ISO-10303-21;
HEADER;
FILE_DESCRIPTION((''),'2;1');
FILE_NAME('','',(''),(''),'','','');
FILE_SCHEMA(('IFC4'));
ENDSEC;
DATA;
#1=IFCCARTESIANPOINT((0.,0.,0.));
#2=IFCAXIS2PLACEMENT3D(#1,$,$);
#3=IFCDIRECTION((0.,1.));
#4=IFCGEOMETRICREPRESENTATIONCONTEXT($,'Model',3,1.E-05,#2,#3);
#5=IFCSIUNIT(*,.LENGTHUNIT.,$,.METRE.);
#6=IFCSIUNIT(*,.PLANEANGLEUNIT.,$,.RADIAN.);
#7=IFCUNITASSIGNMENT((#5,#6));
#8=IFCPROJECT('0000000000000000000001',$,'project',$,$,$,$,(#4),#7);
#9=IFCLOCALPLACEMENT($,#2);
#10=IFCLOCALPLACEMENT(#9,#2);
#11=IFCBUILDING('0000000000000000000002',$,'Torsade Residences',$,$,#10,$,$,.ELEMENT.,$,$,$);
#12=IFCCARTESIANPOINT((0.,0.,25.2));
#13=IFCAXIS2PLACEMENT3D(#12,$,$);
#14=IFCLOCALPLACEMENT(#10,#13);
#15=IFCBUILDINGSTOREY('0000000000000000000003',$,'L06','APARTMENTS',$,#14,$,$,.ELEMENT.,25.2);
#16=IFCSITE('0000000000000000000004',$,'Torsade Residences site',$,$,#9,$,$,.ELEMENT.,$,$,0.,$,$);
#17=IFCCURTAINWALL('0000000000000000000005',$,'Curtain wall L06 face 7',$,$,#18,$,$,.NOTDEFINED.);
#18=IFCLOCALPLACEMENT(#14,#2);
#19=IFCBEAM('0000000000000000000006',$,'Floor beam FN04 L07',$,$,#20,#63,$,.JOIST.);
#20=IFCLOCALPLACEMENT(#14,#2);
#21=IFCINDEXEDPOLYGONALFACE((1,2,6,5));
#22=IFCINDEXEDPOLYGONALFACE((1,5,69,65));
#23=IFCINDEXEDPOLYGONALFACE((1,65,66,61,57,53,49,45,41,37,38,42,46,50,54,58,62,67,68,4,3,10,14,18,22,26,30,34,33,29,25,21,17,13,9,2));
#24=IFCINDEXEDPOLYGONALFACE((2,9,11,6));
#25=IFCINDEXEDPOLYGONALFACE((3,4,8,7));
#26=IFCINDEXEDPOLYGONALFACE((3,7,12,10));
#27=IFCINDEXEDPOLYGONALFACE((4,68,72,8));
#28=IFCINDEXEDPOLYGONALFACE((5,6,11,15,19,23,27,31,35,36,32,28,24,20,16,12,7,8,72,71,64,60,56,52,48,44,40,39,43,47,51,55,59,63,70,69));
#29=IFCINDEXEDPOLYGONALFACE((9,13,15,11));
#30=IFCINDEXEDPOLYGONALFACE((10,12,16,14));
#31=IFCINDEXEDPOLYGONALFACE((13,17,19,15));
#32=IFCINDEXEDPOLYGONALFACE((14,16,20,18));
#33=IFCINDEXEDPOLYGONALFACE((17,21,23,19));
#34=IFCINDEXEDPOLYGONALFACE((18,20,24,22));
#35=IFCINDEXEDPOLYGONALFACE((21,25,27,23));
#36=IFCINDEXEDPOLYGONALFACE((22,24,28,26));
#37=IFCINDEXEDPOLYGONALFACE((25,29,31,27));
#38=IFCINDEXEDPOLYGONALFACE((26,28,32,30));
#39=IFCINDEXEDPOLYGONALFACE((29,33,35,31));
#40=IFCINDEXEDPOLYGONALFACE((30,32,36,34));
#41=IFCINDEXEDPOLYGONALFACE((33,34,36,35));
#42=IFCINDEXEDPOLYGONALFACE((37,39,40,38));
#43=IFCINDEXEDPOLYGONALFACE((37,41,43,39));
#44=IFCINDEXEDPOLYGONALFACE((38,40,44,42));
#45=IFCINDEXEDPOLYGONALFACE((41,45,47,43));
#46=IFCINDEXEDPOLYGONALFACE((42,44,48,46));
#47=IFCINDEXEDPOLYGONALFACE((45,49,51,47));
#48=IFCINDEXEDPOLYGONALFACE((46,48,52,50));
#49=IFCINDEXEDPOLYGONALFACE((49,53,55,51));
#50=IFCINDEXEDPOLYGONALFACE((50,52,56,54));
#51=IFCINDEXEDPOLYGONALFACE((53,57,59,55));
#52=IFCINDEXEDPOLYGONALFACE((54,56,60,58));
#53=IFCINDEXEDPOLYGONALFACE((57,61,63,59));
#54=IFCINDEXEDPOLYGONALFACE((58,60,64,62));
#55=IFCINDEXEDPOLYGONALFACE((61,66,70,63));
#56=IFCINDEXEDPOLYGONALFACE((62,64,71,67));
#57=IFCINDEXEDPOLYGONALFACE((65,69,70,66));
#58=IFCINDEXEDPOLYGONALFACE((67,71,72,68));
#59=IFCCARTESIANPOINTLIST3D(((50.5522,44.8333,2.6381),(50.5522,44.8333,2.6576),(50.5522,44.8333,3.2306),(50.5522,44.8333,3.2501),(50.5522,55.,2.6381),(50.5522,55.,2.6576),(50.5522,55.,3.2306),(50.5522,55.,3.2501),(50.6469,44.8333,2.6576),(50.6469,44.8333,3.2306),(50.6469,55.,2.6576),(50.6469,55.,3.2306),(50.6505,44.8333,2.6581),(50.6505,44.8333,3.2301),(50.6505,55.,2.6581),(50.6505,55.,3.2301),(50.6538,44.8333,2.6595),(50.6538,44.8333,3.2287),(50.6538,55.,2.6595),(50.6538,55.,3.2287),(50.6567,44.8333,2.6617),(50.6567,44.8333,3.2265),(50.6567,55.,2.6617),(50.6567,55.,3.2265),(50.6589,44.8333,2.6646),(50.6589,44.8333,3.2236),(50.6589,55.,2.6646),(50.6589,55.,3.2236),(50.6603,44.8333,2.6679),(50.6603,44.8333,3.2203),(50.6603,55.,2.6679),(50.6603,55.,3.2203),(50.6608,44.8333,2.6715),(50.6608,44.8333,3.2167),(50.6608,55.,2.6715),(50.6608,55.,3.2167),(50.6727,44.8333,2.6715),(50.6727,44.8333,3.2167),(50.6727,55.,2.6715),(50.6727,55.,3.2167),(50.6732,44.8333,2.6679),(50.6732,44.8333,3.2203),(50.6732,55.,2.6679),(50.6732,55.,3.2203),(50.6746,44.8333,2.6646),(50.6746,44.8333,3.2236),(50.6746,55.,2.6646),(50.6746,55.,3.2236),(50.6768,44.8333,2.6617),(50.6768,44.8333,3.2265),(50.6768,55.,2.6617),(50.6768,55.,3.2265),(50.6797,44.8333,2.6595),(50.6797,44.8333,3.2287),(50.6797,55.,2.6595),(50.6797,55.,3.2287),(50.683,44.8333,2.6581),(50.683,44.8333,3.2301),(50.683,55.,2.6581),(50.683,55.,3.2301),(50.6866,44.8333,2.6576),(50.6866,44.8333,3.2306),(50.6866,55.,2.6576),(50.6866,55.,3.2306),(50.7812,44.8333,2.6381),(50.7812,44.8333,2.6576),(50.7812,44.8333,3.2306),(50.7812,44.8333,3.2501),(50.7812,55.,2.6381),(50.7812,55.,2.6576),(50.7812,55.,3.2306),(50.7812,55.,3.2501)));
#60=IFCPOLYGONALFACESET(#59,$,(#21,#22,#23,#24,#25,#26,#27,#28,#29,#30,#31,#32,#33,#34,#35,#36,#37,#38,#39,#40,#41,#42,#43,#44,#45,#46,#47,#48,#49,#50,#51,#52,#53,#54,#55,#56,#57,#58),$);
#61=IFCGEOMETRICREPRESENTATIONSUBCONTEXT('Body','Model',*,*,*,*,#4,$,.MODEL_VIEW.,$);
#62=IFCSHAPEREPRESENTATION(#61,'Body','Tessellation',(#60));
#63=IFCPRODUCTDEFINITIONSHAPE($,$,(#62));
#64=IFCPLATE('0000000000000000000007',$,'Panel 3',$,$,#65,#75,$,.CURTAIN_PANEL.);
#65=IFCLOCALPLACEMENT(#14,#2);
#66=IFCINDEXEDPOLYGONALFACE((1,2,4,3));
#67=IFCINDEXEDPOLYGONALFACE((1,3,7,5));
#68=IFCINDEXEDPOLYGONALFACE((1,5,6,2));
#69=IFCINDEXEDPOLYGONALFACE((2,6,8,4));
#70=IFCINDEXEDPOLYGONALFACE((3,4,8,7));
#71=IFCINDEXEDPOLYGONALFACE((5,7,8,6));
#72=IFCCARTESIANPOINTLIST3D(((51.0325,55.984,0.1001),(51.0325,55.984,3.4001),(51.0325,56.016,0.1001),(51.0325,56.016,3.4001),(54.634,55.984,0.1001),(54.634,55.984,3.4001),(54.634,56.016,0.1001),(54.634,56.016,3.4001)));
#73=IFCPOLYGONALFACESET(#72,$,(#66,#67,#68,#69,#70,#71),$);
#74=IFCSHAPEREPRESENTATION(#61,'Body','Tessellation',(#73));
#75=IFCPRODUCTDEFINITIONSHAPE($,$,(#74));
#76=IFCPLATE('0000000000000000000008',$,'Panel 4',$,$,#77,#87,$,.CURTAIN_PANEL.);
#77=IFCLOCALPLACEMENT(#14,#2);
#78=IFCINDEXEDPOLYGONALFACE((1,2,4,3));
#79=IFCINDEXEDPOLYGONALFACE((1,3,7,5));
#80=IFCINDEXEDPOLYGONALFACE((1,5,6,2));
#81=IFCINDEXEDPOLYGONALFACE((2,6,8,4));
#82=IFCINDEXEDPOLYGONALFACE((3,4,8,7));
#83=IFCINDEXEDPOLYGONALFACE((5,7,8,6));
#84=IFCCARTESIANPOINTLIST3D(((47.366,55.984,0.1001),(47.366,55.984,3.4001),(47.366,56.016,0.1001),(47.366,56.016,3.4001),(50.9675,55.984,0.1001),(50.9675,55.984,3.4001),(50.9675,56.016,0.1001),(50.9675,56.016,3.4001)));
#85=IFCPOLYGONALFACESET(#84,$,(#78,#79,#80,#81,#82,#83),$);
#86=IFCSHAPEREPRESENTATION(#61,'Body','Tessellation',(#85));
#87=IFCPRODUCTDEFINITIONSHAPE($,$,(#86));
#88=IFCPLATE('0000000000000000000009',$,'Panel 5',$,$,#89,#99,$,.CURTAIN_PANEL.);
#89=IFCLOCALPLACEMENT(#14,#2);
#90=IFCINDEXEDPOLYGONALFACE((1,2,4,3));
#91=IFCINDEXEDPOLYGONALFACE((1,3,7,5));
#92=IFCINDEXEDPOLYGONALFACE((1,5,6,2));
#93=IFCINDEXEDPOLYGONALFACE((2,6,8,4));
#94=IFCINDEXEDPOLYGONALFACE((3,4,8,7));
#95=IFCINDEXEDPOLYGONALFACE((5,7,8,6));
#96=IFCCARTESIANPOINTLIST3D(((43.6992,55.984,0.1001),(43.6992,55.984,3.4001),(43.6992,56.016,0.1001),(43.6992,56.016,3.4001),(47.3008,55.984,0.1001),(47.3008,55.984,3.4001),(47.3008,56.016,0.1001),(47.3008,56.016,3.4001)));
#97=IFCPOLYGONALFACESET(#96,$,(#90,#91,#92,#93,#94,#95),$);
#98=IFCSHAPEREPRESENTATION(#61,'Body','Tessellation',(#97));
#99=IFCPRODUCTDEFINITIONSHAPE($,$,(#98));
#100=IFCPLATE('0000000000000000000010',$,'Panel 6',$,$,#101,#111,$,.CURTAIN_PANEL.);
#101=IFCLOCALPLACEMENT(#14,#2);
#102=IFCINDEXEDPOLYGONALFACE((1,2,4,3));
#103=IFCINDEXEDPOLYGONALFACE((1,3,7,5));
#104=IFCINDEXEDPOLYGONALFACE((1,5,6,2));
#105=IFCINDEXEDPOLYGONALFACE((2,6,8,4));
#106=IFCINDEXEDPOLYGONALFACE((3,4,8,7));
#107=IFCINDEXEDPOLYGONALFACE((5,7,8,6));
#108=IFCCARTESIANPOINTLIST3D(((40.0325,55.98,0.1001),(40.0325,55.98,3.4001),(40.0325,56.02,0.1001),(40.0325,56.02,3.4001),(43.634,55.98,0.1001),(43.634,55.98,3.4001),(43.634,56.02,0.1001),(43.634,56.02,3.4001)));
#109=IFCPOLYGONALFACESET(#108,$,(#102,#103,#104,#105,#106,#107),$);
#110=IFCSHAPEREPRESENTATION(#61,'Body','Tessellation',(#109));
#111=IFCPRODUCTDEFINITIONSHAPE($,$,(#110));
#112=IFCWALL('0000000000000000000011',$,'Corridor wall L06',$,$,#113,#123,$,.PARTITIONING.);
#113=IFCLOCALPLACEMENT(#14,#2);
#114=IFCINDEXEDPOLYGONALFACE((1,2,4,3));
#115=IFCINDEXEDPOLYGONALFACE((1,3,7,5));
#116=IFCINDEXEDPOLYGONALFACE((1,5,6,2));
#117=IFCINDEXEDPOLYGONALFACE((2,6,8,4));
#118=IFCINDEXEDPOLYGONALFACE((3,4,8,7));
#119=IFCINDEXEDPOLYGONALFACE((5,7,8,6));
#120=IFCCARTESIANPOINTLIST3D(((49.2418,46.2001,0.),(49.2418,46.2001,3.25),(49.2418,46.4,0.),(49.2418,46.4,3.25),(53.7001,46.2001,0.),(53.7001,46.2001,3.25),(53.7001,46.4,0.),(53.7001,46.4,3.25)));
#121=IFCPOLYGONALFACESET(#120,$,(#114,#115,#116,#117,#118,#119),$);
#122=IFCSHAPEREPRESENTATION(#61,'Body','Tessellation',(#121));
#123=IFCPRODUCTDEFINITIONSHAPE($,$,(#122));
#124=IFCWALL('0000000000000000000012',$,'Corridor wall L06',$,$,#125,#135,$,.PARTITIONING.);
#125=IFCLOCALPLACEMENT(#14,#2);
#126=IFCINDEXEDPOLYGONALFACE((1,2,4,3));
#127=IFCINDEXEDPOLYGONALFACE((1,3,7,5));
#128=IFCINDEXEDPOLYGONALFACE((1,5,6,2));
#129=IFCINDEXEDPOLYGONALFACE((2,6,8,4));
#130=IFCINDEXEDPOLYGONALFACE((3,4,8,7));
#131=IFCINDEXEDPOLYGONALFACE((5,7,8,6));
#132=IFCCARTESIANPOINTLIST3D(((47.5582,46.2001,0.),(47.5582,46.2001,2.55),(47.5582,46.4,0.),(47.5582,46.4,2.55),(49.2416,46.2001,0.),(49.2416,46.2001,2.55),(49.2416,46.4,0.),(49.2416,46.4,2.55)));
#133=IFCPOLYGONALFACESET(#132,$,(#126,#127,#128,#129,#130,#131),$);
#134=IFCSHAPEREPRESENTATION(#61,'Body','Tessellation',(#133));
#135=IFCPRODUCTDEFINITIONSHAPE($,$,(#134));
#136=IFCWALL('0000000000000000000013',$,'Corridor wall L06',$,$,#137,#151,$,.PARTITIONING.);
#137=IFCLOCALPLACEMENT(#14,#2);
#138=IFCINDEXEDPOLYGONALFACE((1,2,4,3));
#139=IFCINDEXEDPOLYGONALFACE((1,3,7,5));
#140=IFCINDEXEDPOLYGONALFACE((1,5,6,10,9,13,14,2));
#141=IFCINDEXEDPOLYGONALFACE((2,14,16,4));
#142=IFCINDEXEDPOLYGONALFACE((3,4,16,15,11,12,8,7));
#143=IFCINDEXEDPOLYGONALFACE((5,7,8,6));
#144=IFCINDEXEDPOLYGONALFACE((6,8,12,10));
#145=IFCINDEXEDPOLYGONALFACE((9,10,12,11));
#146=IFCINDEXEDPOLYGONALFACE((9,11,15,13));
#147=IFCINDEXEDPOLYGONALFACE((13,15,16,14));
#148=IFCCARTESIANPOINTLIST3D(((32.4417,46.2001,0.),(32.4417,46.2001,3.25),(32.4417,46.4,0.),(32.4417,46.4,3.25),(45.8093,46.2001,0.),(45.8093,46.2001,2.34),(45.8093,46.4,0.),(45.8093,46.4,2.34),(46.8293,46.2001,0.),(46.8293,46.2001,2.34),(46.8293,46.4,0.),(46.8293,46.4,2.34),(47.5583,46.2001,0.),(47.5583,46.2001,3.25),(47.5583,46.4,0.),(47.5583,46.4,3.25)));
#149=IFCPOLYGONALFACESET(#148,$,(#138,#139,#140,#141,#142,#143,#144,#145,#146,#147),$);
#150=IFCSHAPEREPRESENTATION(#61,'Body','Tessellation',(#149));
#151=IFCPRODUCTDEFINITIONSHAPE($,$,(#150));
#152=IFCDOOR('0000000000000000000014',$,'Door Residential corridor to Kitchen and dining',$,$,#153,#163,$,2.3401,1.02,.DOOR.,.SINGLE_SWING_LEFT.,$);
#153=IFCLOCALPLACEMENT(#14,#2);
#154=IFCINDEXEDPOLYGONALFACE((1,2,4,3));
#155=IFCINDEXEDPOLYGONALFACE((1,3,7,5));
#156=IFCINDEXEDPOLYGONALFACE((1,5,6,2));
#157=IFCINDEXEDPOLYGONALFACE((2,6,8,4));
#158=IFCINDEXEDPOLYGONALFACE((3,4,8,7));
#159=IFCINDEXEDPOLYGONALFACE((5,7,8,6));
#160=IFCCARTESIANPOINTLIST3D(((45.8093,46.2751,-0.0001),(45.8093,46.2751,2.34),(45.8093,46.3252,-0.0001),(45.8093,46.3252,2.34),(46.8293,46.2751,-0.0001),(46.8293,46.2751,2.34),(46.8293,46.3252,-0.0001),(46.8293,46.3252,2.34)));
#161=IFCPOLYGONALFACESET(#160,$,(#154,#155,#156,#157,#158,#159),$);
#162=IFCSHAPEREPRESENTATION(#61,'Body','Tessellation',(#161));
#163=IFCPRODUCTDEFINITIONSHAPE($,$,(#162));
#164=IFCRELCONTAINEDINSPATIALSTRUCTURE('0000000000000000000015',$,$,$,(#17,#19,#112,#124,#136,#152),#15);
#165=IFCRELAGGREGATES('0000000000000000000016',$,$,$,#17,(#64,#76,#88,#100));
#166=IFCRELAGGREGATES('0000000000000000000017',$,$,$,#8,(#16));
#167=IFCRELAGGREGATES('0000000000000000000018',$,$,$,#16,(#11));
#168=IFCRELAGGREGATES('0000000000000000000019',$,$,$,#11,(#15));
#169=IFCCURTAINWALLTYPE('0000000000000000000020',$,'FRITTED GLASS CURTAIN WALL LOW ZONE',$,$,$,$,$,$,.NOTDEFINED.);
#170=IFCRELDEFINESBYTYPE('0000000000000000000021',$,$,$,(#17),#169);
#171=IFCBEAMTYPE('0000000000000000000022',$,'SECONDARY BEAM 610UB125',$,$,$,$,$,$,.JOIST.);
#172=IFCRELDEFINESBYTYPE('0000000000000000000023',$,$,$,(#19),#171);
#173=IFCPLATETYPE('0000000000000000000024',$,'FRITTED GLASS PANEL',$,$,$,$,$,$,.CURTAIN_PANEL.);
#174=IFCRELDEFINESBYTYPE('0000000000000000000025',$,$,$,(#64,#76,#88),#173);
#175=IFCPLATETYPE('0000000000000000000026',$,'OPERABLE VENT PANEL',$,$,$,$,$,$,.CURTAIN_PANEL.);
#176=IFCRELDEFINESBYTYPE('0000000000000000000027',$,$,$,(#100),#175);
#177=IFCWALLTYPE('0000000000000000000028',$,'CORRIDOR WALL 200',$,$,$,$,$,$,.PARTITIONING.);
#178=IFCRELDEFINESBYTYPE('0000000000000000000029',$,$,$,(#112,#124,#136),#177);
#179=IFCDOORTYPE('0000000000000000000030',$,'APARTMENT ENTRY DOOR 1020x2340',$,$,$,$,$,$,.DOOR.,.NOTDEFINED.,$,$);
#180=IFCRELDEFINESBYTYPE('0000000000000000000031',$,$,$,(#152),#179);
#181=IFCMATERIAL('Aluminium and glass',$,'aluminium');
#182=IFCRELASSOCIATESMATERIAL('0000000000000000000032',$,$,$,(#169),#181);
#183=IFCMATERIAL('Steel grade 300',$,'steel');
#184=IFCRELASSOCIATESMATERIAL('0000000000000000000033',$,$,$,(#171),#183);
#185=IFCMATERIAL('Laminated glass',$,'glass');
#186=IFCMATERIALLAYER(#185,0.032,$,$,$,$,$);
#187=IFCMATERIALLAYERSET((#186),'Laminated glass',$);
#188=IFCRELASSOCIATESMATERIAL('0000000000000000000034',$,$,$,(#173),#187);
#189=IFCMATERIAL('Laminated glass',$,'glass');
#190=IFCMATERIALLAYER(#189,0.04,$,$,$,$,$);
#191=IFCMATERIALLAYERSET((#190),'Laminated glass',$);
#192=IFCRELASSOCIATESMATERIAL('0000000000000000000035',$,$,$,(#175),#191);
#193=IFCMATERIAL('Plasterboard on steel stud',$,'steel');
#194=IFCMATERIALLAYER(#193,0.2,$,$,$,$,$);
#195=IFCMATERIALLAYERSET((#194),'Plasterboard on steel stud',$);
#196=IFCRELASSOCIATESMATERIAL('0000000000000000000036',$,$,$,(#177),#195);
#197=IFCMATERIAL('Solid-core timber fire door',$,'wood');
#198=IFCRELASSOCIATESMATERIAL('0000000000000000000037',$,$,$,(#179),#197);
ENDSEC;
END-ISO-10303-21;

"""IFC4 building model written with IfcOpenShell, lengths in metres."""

from ifc_helpers import new_model, si_unit, direction, frame, frame_2d, origin, origin_2d, place, context, subcontext, project, spatial, rectangle, i_section, extrude, material, layer, layer_set, material_profile, profile_set, type_object, element, fill, aggregate, save


model = new_model("IFC4")

# Units and contexts
model_context = context("Model", 3, precision=1e-05, world=origin(), true_north=direction((0.0, 1.0)))
body_context = subcontext(model_context, "Body", "Model", "MODEL_VIEW")
ifc_project = project(units=[si_unit("LENGTHUNIT", "METRE"), si_unit("PLANEANGLEUNIT", "RADIAN")], contexts=[model_context])

# Site, building, storey
site_placement = place(None, origin())
site = spatial("IfcSite", under=ifc_project, at=site_placement, Name="Torsade Residences site", CompositionType="ELEMENT", RefElevation=0.0)
building_placement = place(site_placement, origin())
building = spatial("IfcBuilding", under=site, at=building_placement, Name="Torsade Residences", CompositionType="ELEMENT")
storey_placement = place(building_placement, frame((0.0, 0.0, 25.2)))
storey = spatial("IfcBuildingStorey", under=building, at=storey_placement, Name="L06", Description="APARTMENTS", CompositionType="ELEMENT", Elevation=25.2)

# Curtain wall
ifc_material_1 = material(Name="Aluminium and glass", Category="aluminium")
curtain_wall_type = type_object("IfcCurtainWallType", Name="FRITTED GLASS CURTAIN WALL LOW ZONE", PredefinedType="NOTDEFINED", material=ifc_material_1)
curtain_wall_placement = place(storey_placement, origin())
curtain_wall = element("IfcCurtainWall", 1, at=curtain_wall_placement, inside=storey, type_object=curtain_wall_type, Name="Curtain wall L06 face 7", PredefinedType="NOTDEFINED")

# Beam
ifc_material_2 = material(Name="Steel grade 300", Category="steel")
ifc_material_profile_1 = material_profile(ifc_material_2, i_section(OverallWidth=0.229, OverallDepth=0.6121, WebThickness=0.012, FlangeThickness=0.0195, FilletRadius=0.0139, at=origin_2d()), Name="610UB125")
ifc_profile_set_1 = profile_set([ifc_material_profile_1], Name="Steel grade 300")
beam_type_1 = type_object("IfcBeamType", Name="SECONDARY BEAM 610UB125", PredefinedType="JOIST", material=ifc_profile_set_1)
beam_1_placement = place(storey_placement, frame((50.6667, 55.0, 2.9441), z_axis=(0.0, -1.0, 0.0), x_axis=(1.0, 0.0, 0.0)))
element("IfcBeam", 2, at=beam_1_placement, inside=storey, type_object=beam_type_1, Name="Floor beam FN04 L07", PredefinedType="JOIST", context=body_context, shape_type="SweptSolid", body=[
    extrude(i_section(OverallWidth=0.229, OverallDepth=0.6121, WebThickness=0.012, FlangeThickness=0.0195, FilletRadius=0.0139, at=origin_2d()), origin(), (0.0, 0.0, 1.0), 10.1667),
])

# Plates
ifc_material_3 = material(Name="Laminated glass", Category="glass")
ifc_layer_1 = layer(ifc_material_3, 0.032)
ifc_layer_set_1 = layer_set([ifc_layer_1], Name="Laminated glass")
plate_type_1 = type_object("IfcPlateType", Name="FRITTED GLASS PANEL", PredefinedType="CURTAIN_PANEL", material=ifc_layer_set_1)
plate_1_placement = place(storey_placement, frame((52.8333, 56.0, 0.1001), z_axis=(0.0, 0.0, 1.0), x_axis=(-1.0, 0.0, 0.0)))
plate_1 = element("IfcPlate", 3, at=plate_1_placement, type_object=plate_type_1, Name="Panel 3", PredefinedType="CURTAIN_PANEL", context=body_context, shape_type="SweptSolid", body=[
    extrude(rectangle(XDim=3.6016, YDim=0.032, at=origin_2d()), origin(), (0.0, 0.0, 1.0), 3.3),
])
plate_2_placement = place(storey_placement, frame((49.1667, 56.0, 0.1001), z_axis=(0.0, 0.0, 1.0), x_axis=(-1.0, 0.0, 0.0)))
plate_2 = element("IfcPlate", 4, at=plate_2_placement, type_object=plate_type_1, Name="Panel 4", PredefinedType="CURTAIN_PANEL", context=body_context, shape_type="SweptSolid", body=[
    extrude(rectangle(XDim=3.6016, YDim=0.032, at=origin_2d()), origin(), (0.0, 0.0, 1.0), 3.3),
])
plate_3_placement = place(storey_placement, frame((45.5, 56.0, 0.1001), z_axis=(0.0, 0.0, 1.0), x_axis=(-1.0, 0.0, 0.0)))
plate_3 = element("IfcPlate", 5, at=plate_3_placement, type_object=plate_type_1, Name="Panel 5", PredefinedType="CURTAIN_PANEL", context=body_context, shape_type="SweptSolid", body=[
    extrude(rectangle(XDim=3.6016, YDim=0.032, at=origin_2d()), origin(), (0.0, 0.0, 1.0), 3.3),
])
ifc_material_4 = material(Name="Laminated glass", Category="glass")
ifc_layer_2 = layer(ifc_material_4, 0.04)
ifc_layer_set_2 = layer_set([ifc_layer_2], Name="Laminated glass")
plate_type_2 = type_object("IfcPlateType", Name="OPERABLE VENT PANEL", PredefinedType="CURTAIN_PANEL", material=ifc_layer_set_2)
plate_4_placement = place(storey_placement, frame((41.8333, 56.0, 0.1001), z_axis=(0.0, 0.0, 1.0), x_axis=(-1.0, 0.0, 0.0)))
plate_4 = element("IfcPlate", 6, at=plate_4_placement, type_object=plate_type_2, Name="Panel 6", PredefinedType="CURTAIN_PANEL", context=body_context, shape_type="SweptSolid", body=[
    extrude(rectangle(XDim=3.6016, YDim=0.04, at=origin_2d()), origin(), (0.0, 0.0, 1.0), 3.3),
])
aggregate(curtain_wall, [plate_1, plate_2, plate_3, plate_4])

# Walls
ifc_material_5 = material(Name="Plasterboard on steel stud", Category="steel")
ifc_layer_3 = layer(ifc_material_5, 0.2)
ifc_layer_set_3 = layer_set([ifc_layer_3], Name="Plasterboard on steel stud")
wall_type_1 = type_object("IfcWallType", Name="CORRIDOR WALL 200", PredefinedType="PARTITIONING", material=ifc_layer_set_3)
wall_1_placement = place(storey_placement, frame((53.7, 46.3, 0.0), z_axis=(0.0, 0.0, 1.0), x_axis=(-1.0, 0.0, 0.0)))
element("IfcWall", 7, at=wall_1_placement, inside=storey, type_object=wall_type_1, Name="Corridor wall L06", PredefinedType="PARTITIONING", context=body_context, shape_type="SweptSolid", body=[
    extrude(rectangle(XDim=4.4583, YDim=0.2, at=frame_2d((2.229, 0.0))), origin(), (0.0, 0.0, 1.0), 3.25),
])
wall_2_placement = place(storey_placement, frame((49.2417, 46.3, 0.0), z_axis=(0.0, 0.0, 1.0), x_axis=(-1.0, 0.0, 0.0)))
element("IfcWall", 8, at=wall_2_placement, inside=storey, type_object=wall_type_1, Name="Corridor wall L06", PredefinedType="PARTITIONING", context=body_context, shape_type="SweptSolid", body=[
    extrude(rectangle(XDim=1.6833, YDim=0.2, at=frame_2d((0.8418, 0.0))), origin(), (0.0, 0.0, 1.0), 2.55),
])

# Wall, opening, door
wall_3_placement = place(storey_placement, frame((47.5583, 46.3, 0.0), z_axis=(0.0, 0.0, 1.0), x_axis=(-1.0, 0.0, 0.0)))
wall_3 = element("IfcWall", 9, at=wall_3_placement, inside=storey, type_object=wall_type_1, Name="Corridor wall L06", PredefinedType="PARTITIONING", context=body_context, shape_type="SweptSolid", body=[
    extrude(rectangle(XDim=15.1167, YDim=0.2, at=frame_2d((7.5583, 0.0))), origin(), (0.0, 0.0, 1.0), 3.25),
])
opening_1_placement = place(wall_3_placement, frame((0.729, 0.0, 0.0)))
opening_1 = element("IfcOpeningElement", 10, at=opening_1_placement, cuts=wall_3, PredefinedType="OPENING", context=body_context, shape_type="SweptSolid", body=[
    extrude(rectangle(XDim=1.02, YDim=2.3401, at=frame_2d((0.51, 1.1699))), frame((0.0, 0.1099, 0.0), z_axis=(0.0, -1.0, 0.0), x_axis=(1.0, 0.0, 0.0)), (0.0, 0.0, 1.0), 0.22),
])
ifc_material_6 = material(Name="Solid-core timber fire door", Category="wood")
door_type_1 = type_object("IfcDoorType", Name="APARTMENT ENTRY DOOR 1020x2340", OperationType="NOTDEFINED", PredefinedType="DOOR", material=ifc_material_6)
door_1_placement = place(opening_1_placement, origin())
door_1 = element("IfcDoor", 11, at=door_1_placement, inside=storey, type_object=door_type_1, Name="Door Residential corridor to Kitchen and dining", OperationType="SINGLE_SWING_LEFT", OverallHeight=2.3401, OverallWidth=1.02, PredefinedType="DOOR", context=body_context, shape_type="SweptSolid", body=[
    extrude(rectangle(XDim=1.02, YDim=2.3401, at=frame_2d((0.51, 1.1699))), frame((0.0, 0.0249, 0.0), z_axis=(0.0, -1.0, 0.0), x_axis=(1.0, 0.0, 0.0)), (0.0, 0.0, 1.0), 0.05),
])
fill(opening_1, door_1)

save(model, "model.ifc")
